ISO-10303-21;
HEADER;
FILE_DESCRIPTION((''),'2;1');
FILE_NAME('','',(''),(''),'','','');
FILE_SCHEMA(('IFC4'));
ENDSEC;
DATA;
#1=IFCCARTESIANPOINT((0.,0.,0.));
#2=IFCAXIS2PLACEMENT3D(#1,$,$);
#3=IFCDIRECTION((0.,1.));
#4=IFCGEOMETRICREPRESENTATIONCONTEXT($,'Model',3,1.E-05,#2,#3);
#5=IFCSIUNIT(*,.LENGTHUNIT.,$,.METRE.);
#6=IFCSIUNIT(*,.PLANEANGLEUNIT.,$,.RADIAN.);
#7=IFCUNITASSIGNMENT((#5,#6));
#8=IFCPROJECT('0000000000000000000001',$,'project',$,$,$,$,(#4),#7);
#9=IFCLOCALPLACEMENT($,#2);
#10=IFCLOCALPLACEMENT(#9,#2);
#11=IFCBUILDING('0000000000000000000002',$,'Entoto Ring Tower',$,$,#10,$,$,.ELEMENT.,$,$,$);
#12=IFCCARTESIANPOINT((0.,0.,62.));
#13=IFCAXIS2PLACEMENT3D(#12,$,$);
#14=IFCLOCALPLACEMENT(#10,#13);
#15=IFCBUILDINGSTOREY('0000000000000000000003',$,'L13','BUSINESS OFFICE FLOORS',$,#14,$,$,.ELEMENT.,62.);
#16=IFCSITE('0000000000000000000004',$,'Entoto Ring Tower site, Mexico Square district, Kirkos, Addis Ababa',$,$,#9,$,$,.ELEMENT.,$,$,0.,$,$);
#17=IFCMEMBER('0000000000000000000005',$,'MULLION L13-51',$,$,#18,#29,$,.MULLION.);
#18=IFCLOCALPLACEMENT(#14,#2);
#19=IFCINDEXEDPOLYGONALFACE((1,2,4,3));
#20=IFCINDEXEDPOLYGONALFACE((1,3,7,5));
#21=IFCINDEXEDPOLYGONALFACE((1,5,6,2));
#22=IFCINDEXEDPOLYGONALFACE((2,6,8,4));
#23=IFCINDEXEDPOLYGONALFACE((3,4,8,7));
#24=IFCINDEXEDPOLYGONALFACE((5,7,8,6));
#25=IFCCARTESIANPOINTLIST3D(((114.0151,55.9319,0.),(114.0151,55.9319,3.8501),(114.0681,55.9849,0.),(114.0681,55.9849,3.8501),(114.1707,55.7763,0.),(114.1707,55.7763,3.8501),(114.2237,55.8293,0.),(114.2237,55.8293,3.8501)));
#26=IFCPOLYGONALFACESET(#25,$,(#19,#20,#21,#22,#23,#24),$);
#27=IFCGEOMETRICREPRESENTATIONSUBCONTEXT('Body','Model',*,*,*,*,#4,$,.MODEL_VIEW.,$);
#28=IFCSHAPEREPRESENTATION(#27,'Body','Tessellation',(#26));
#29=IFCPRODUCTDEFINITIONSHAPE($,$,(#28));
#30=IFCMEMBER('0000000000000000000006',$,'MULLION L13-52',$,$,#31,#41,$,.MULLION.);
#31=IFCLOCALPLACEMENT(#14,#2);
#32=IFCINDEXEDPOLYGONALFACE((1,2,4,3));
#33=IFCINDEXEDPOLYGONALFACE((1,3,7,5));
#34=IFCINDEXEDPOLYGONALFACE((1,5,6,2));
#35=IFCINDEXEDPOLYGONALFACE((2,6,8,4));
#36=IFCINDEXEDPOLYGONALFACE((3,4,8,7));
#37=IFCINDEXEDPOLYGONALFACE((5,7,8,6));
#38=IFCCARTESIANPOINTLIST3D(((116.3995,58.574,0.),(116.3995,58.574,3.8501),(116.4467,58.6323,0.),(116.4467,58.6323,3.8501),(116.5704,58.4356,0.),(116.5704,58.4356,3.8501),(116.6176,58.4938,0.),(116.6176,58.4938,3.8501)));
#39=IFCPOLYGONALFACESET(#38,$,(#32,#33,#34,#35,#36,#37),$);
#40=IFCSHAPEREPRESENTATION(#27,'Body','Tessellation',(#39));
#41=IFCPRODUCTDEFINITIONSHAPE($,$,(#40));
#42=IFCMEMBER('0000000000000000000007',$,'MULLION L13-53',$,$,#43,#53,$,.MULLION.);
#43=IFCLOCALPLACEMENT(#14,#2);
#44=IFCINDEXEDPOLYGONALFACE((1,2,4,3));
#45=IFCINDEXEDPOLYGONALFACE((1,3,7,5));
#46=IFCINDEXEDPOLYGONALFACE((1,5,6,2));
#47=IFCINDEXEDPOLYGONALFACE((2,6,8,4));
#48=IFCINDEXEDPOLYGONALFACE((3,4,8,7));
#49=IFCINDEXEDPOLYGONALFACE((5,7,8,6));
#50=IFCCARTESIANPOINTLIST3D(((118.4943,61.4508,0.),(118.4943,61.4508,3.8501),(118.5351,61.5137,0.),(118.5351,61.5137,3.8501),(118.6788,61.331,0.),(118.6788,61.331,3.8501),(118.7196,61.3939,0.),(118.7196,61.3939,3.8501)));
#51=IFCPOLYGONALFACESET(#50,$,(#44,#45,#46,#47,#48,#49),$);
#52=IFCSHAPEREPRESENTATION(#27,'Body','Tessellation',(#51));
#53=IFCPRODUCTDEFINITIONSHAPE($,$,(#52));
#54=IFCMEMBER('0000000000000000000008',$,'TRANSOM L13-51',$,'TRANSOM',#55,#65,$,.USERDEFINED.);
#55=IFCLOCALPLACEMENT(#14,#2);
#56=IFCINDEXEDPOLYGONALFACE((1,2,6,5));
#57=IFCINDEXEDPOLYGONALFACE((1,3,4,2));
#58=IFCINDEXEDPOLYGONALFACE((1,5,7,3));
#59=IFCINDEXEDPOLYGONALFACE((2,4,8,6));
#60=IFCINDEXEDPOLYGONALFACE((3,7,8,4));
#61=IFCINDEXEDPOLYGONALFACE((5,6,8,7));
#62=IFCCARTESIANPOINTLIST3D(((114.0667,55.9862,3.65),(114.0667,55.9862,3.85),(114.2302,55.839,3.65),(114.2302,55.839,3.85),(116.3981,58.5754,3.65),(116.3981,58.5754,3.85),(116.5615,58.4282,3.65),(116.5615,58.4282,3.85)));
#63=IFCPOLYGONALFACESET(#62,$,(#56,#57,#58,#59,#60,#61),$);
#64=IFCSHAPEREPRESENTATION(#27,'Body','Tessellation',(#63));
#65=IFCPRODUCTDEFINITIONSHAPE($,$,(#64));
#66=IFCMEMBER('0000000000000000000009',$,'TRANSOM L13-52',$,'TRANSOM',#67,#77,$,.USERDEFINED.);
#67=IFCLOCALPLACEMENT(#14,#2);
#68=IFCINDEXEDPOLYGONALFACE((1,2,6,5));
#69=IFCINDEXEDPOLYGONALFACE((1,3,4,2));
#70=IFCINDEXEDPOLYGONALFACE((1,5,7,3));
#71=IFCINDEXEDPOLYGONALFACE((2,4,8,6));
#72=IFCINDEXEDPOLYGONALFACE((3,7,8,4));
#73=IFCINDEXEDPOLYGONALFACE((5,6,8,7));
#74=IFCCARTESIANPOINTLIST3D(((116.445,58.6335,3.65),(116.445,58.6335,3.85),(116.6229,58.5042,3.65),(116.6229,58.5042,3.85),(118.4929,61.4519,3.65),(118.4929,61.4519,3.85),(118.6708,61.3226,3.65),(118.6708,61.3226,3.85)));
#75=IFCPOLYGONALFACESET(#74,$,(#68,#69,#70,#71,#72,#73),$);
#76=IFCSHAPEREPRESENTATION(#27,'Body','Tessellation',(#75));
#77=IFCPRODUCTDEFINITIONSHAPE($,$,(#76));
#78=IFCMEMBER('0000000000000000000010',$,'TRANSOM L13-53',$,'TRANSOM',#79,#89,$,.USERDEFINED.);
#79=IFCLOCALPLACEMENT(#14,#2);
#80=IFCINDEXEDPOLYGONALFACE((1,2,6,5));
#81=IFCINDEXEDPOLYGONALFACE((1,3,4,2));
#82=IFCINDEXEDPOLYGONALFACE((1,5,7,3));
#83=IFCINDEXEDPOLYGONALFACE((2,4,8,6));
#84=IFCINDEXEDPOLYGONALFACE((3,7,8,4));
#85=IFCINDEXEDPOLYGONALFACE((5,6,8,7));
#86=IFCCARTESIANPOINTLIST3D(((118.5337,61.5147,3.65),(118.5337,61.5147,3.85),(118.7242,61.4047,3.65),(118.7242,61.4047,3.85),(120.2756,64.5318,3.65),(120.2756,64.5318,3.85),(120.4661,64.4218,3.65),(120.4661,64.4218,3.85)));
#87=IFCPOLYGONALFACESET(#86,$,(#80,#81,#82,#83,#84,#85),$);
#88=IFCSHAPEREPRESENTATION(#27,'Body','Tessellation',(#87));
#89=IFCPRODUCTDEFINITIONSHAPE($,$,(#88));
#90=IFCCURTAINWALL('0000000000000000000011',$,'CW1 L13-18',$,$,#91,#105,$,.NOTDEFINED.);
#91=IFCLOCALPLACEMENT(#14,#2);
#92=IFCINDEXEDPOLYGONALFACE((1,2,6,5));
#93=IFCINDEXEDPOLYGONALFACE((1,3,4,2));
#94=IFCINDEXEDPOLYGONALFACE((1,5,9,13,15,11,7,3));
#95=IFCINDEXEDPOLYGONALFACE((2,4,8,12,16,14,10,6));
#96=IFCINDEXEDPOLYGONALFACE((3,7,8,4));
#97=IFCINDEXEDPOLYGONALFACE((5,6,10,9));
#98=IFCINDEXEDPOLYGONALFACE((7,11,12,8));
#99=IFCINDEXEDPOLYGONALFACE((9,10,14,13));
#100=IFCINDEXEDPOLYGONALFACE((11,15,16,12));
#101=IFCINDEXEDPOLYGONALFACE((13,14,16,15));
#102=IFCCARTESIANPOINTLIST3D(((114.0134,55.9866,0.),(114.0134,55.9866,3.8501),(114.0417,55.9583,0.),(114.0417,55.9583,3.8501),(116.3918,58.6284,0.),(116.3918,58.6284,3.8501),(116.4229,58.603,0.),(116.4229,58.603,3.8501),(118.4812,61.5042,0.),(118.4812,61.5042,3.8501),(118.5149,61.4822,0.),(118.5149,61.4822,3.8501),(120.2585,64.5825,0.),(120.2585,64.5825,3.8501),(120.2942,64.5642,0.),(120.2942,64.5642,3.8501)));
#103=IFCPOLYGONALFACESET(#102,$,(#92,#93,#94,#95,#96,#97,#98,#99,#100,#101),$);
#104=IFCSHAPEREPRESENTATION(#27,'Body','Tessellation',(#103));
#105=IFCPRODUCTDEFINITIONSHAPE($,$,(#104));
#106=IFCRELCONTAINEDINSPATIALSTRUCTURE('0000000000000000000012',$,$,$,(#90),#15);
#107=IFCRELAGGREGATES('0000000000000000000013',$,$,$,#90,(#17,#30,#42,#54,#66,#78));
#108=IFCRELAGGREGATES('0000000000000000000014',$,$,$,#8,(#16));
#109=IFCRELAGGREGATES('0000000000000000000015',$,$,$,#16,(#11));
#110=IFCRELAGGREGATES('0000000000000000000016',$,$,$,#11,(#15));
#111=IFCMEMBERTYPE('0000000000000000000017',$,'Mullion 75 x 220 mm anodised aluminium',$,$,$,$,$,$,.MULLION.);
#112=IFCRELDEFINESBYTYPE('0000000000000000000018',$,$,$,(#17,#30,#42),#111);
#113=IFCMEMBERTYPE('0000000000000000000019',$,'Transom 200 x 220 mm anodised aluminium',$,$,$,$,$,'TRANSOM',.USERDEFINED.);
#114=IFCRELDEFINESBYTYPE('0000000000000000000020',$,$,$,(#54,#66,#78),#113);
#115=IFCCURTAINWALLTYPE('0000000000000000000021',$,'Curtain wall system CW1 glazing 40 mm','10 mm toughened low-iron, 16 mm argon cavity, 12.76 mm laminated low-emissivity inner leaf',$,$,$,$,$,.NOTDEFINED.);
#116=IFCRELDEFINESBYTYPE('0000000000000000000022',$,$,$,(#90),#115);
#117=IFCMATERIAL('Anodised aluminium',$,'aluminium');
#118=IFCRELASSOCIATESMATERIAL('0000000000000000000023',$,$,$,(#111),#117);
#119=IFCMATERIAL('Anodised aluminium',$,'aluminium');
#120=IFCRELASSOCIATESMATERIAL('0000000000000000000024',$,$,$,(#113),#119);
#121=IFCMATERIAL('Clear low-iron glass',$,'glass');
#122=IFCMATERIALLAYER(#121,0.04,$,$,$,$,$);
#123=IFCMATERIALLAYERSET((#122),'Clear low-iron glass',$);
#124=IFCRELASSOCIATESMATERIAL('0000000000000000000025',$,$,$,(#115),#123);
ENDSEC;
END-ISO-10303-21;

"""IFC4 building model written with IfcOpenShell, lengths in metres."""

from ifc_helpers import new_model, si_unit, direction, frame, origin, origin_2d, place, context, subcontext, project, spatial, polyline, rectangle, outline, extrude, material, layer, layer_set, material_profile, profile_set, type_object, element, aggregate, save


model = new_model("IFC4")

# Units and contexts
model_context = context("Model", 3, precision=1e-05, world=origin(), true_north=direction((0.0, 1.0)))
body_context = subcontext(model_context, "Body", "Model", "MODEL_VIEW")
ifc_project = project(units=[si_unit("LENGTHUNIT", "METRE"), si_unit("PLANEANGLEUNIT", "RADIAN")], contexts=[model_context])

# Members
ifc_material_1 = material(Name="Anodised aluminium", Category="aluminium")
ifc_material_profile_1 = material_profile(ifc_material_1, rectangle(XDim=0.075, YDim=0.22, at=origin_2d()), Name="Mullion 75 x 220 mm anodised aluminium")
ifc_profile_set_1 = profile_set([ifc_material_profile_1], Name="Anodised aluminium")
member_type_1 = type_object("IfcMemberType", Name="Mullion 75 x 220 mm anodised aluminium", PredefinedType="MULLION", material=ifc_profile_set_1)
site_placement = place(None, origin())
building_placement = place(site_placement, origin())
storey_placement = place(building_placement, frame((0.0, 0.0, 62.0)))
member_1_placement = place(storey_placement, frame((114.1194, 55.8806, 0.0), z_axis=(0.0, 0.0, 1.0), x_axis=(0.707107, 0.707107, 0.0)))
member_1 = element("IfcMember", 1, at=member_1_placement, type_object=member_type_1, Name="MULLION L13-51", PredefinedType="MULLION", context=body_context, shape_type="SweptSolid", body=[
    extrude(rectangle(XDim=0.075, YDim=0.22, at=origin_2d()), origin(), (0.0, 0.0, 1.0), 3.8501),
])
member_2_placement = place(storey_placement, frame((116.5085, 58.5339, 0.0), z_axis=(0.0, 0.0, 1.0), x_axis=(0.62932, 0.777146, 0.0)))
member_2 = element("IfcMember", 2, at=member_2_placement, type_object=member_type_1, Name="MULLION L13-52", PredefinedType="MULLION", context=body_context, shape_type="SweptSolid", body=[
    extrude(rectangle(XDim=0.075, YDim=0.22, at=origin_2d()), origin(), (0.0, 0.0, 1.0), 3.8501),
])
member_3_placement = place(storey_placement, frame((118.6069, 61.4224, 0.0), z_axis=(0.0, 0.0, 1.0), x_axis=(0.544639, 0.838671, 0.0)))
member_3 = element("IfcMember", 3, at=member_3_placement, type_object=member_type_1, Name="MULLION L13-53", PredefinedType="MULLION", context=body_context, shape_type="SweptSolid", body=[
    extrude(rectangle(XDim=0.075, YDim=0.22, at=origin_2d()), origin(), (0.0, 0.0, 1.0), 3.8501),
])
ifc_material_2 = material(Name="Anodised aluminium", Category="aluminium")
ifc_material_profile_2 = material_profile(ifc_material_2, rectangle(XDim=0.22, YDim=0.2, at=origin_2d()), Name="Transom 200 x 220 mm anodised aluminium")
ifc_profile_set_2 = profile_set([ifc_material_profile_2], Name="Anodised aluminium")
member_type_2 = type_object("IfcMemberType", Name="Transom 200 x 220 mm anodised aluminium", ElementType="TRANSOM", PredefinedType="USERDEFINED", material=ifc_profile_set_2)
member_4_placement = place(storey_placement, frame((114.1484, 55.9126, 3.75), z_axis=(0.669139, 0.743137, 0.0), x_axis=(-0.743137, 0.669139, 0.0)))
member_4 = element("IfcMember", 4, at=member_4_placement, type_object=member_type_2, Name="TRANSOM L13-51", ObjectType="TRANSOM", PredefinedType="USERDEFINED", context=body_context, shape_type="SweptSolid", body=[
    extrude(rectangle(XDim=0.22, YDim=0.2, at=origin_2d()), origin(), (0.0, 0.0, 1.0), 3.4841),
])
member_5_placement = place(storey_placement, frame((116.5339, 58.5688, 3.75), z_axis=(0.587822, 0.808991, 0.0), x_axis=(-0.808991, 0.587822, 0.0)))
member_5 = element("IfcMember", 5, at=member_5_placement, type_object=member_type_2, Name="TRANSOM L13-52", ObjectType="TRANSOM", PredefinedType="USERDEFINED", context=body_context, shape_type="SweptSolid", body=[
    extrude(rectangle(XDim=0.22, YDim=0.2, at=origin_2d()), origin(), (0.0, 0.0, 1.0), 3.4839),
])
member_6_placement = place(storey_placement, frame((118.6289, 61.4597, 3.75), z_axis=(0.500006, 0.866022, 0.0), x_axis=(-0.866022, 0.500006, 0.0)))
member_6 = element("IfcMember", 6, at=member_6_placement, type_object=member_type_2, Name="TRANSOM L13-53", ObjectType="TRANSOM", PredefinedType="USERDEFINED", context=body_context, shape_type="SweptSolid", body=[
    extrude(rectangle(XDim=0.22, YDim=0.2, at=origin_2d()), origin(), (0.0, 0.0, 1.0), 3.4839),
])

# Site, building, storey
site = spatial("IfcSite", under=ifc_project, at=site_placement, Name="Entoto Ring Tower site, Mexico Square district, Kirkos, Addis Ababa", CompositionType="ELEMENT", RefElevation=0.0)
building = spatial("IfcBuilding", under=site, at=building_placement, Name="Entoto Ring Tower", CompositionType="ELEMENT")
storey = spatial("IfcBuildingStorey", under=building, at=storey_placement, Name="L13", Description="BUSINESS OFFICE FLOORS", CompositionType="ELEMENT", Elevation=62.0)

# Curtain wall
ifc_material_3 = material(Name="Clear low-iron glass", Category="glass")
ifc_layer_1 = layer(ifc_material_3, 0.04)
ifc_layer_set_1 = layer_set([ifc_layer_1], Name="Clear low-iron glass")
curtain_wall_type = type_object("IfcCurtainWallType", Name="Curtain wall system CW1 glazing 40 mm", Description="10 mm toughened low-iron, 16 mm argon cavity, 12.76 mm laminated low-emissivity inner leaf", PredefinedType="NOTDEFINED", material=ifc_layer_set_1)
curtain_wall_1_placement = place(storey_placement, origin())
curtain_wall_1 = element("IfcCurtainWall", 7, at=curtain_wall_1_placement, inside=storey, type_object=curtain_wall_type, Name="CW1 L13-18", PredefinedType="NOTDEFINED", context=body_context, shape_type="SweptSolid", body=[
    extrude(outline(polyline([(114.0417, 55.9583), (116.4229, 58.603), (118.5149, 61.4822), (120.2942, 64.5642), (120.2585, 64.5825), (118.4812, 61.5042), (116.3918, 58.6284), (114.0134, 55.9866), (114.0417, 55.9583)])), origin(), (0.0, 0.0, 1.0), 3.8501),
])
aggregate(curtain_wall_1, [member_1, member_2, member_3, member_4, member_5, member_6])

save(model, "model.ifc")
